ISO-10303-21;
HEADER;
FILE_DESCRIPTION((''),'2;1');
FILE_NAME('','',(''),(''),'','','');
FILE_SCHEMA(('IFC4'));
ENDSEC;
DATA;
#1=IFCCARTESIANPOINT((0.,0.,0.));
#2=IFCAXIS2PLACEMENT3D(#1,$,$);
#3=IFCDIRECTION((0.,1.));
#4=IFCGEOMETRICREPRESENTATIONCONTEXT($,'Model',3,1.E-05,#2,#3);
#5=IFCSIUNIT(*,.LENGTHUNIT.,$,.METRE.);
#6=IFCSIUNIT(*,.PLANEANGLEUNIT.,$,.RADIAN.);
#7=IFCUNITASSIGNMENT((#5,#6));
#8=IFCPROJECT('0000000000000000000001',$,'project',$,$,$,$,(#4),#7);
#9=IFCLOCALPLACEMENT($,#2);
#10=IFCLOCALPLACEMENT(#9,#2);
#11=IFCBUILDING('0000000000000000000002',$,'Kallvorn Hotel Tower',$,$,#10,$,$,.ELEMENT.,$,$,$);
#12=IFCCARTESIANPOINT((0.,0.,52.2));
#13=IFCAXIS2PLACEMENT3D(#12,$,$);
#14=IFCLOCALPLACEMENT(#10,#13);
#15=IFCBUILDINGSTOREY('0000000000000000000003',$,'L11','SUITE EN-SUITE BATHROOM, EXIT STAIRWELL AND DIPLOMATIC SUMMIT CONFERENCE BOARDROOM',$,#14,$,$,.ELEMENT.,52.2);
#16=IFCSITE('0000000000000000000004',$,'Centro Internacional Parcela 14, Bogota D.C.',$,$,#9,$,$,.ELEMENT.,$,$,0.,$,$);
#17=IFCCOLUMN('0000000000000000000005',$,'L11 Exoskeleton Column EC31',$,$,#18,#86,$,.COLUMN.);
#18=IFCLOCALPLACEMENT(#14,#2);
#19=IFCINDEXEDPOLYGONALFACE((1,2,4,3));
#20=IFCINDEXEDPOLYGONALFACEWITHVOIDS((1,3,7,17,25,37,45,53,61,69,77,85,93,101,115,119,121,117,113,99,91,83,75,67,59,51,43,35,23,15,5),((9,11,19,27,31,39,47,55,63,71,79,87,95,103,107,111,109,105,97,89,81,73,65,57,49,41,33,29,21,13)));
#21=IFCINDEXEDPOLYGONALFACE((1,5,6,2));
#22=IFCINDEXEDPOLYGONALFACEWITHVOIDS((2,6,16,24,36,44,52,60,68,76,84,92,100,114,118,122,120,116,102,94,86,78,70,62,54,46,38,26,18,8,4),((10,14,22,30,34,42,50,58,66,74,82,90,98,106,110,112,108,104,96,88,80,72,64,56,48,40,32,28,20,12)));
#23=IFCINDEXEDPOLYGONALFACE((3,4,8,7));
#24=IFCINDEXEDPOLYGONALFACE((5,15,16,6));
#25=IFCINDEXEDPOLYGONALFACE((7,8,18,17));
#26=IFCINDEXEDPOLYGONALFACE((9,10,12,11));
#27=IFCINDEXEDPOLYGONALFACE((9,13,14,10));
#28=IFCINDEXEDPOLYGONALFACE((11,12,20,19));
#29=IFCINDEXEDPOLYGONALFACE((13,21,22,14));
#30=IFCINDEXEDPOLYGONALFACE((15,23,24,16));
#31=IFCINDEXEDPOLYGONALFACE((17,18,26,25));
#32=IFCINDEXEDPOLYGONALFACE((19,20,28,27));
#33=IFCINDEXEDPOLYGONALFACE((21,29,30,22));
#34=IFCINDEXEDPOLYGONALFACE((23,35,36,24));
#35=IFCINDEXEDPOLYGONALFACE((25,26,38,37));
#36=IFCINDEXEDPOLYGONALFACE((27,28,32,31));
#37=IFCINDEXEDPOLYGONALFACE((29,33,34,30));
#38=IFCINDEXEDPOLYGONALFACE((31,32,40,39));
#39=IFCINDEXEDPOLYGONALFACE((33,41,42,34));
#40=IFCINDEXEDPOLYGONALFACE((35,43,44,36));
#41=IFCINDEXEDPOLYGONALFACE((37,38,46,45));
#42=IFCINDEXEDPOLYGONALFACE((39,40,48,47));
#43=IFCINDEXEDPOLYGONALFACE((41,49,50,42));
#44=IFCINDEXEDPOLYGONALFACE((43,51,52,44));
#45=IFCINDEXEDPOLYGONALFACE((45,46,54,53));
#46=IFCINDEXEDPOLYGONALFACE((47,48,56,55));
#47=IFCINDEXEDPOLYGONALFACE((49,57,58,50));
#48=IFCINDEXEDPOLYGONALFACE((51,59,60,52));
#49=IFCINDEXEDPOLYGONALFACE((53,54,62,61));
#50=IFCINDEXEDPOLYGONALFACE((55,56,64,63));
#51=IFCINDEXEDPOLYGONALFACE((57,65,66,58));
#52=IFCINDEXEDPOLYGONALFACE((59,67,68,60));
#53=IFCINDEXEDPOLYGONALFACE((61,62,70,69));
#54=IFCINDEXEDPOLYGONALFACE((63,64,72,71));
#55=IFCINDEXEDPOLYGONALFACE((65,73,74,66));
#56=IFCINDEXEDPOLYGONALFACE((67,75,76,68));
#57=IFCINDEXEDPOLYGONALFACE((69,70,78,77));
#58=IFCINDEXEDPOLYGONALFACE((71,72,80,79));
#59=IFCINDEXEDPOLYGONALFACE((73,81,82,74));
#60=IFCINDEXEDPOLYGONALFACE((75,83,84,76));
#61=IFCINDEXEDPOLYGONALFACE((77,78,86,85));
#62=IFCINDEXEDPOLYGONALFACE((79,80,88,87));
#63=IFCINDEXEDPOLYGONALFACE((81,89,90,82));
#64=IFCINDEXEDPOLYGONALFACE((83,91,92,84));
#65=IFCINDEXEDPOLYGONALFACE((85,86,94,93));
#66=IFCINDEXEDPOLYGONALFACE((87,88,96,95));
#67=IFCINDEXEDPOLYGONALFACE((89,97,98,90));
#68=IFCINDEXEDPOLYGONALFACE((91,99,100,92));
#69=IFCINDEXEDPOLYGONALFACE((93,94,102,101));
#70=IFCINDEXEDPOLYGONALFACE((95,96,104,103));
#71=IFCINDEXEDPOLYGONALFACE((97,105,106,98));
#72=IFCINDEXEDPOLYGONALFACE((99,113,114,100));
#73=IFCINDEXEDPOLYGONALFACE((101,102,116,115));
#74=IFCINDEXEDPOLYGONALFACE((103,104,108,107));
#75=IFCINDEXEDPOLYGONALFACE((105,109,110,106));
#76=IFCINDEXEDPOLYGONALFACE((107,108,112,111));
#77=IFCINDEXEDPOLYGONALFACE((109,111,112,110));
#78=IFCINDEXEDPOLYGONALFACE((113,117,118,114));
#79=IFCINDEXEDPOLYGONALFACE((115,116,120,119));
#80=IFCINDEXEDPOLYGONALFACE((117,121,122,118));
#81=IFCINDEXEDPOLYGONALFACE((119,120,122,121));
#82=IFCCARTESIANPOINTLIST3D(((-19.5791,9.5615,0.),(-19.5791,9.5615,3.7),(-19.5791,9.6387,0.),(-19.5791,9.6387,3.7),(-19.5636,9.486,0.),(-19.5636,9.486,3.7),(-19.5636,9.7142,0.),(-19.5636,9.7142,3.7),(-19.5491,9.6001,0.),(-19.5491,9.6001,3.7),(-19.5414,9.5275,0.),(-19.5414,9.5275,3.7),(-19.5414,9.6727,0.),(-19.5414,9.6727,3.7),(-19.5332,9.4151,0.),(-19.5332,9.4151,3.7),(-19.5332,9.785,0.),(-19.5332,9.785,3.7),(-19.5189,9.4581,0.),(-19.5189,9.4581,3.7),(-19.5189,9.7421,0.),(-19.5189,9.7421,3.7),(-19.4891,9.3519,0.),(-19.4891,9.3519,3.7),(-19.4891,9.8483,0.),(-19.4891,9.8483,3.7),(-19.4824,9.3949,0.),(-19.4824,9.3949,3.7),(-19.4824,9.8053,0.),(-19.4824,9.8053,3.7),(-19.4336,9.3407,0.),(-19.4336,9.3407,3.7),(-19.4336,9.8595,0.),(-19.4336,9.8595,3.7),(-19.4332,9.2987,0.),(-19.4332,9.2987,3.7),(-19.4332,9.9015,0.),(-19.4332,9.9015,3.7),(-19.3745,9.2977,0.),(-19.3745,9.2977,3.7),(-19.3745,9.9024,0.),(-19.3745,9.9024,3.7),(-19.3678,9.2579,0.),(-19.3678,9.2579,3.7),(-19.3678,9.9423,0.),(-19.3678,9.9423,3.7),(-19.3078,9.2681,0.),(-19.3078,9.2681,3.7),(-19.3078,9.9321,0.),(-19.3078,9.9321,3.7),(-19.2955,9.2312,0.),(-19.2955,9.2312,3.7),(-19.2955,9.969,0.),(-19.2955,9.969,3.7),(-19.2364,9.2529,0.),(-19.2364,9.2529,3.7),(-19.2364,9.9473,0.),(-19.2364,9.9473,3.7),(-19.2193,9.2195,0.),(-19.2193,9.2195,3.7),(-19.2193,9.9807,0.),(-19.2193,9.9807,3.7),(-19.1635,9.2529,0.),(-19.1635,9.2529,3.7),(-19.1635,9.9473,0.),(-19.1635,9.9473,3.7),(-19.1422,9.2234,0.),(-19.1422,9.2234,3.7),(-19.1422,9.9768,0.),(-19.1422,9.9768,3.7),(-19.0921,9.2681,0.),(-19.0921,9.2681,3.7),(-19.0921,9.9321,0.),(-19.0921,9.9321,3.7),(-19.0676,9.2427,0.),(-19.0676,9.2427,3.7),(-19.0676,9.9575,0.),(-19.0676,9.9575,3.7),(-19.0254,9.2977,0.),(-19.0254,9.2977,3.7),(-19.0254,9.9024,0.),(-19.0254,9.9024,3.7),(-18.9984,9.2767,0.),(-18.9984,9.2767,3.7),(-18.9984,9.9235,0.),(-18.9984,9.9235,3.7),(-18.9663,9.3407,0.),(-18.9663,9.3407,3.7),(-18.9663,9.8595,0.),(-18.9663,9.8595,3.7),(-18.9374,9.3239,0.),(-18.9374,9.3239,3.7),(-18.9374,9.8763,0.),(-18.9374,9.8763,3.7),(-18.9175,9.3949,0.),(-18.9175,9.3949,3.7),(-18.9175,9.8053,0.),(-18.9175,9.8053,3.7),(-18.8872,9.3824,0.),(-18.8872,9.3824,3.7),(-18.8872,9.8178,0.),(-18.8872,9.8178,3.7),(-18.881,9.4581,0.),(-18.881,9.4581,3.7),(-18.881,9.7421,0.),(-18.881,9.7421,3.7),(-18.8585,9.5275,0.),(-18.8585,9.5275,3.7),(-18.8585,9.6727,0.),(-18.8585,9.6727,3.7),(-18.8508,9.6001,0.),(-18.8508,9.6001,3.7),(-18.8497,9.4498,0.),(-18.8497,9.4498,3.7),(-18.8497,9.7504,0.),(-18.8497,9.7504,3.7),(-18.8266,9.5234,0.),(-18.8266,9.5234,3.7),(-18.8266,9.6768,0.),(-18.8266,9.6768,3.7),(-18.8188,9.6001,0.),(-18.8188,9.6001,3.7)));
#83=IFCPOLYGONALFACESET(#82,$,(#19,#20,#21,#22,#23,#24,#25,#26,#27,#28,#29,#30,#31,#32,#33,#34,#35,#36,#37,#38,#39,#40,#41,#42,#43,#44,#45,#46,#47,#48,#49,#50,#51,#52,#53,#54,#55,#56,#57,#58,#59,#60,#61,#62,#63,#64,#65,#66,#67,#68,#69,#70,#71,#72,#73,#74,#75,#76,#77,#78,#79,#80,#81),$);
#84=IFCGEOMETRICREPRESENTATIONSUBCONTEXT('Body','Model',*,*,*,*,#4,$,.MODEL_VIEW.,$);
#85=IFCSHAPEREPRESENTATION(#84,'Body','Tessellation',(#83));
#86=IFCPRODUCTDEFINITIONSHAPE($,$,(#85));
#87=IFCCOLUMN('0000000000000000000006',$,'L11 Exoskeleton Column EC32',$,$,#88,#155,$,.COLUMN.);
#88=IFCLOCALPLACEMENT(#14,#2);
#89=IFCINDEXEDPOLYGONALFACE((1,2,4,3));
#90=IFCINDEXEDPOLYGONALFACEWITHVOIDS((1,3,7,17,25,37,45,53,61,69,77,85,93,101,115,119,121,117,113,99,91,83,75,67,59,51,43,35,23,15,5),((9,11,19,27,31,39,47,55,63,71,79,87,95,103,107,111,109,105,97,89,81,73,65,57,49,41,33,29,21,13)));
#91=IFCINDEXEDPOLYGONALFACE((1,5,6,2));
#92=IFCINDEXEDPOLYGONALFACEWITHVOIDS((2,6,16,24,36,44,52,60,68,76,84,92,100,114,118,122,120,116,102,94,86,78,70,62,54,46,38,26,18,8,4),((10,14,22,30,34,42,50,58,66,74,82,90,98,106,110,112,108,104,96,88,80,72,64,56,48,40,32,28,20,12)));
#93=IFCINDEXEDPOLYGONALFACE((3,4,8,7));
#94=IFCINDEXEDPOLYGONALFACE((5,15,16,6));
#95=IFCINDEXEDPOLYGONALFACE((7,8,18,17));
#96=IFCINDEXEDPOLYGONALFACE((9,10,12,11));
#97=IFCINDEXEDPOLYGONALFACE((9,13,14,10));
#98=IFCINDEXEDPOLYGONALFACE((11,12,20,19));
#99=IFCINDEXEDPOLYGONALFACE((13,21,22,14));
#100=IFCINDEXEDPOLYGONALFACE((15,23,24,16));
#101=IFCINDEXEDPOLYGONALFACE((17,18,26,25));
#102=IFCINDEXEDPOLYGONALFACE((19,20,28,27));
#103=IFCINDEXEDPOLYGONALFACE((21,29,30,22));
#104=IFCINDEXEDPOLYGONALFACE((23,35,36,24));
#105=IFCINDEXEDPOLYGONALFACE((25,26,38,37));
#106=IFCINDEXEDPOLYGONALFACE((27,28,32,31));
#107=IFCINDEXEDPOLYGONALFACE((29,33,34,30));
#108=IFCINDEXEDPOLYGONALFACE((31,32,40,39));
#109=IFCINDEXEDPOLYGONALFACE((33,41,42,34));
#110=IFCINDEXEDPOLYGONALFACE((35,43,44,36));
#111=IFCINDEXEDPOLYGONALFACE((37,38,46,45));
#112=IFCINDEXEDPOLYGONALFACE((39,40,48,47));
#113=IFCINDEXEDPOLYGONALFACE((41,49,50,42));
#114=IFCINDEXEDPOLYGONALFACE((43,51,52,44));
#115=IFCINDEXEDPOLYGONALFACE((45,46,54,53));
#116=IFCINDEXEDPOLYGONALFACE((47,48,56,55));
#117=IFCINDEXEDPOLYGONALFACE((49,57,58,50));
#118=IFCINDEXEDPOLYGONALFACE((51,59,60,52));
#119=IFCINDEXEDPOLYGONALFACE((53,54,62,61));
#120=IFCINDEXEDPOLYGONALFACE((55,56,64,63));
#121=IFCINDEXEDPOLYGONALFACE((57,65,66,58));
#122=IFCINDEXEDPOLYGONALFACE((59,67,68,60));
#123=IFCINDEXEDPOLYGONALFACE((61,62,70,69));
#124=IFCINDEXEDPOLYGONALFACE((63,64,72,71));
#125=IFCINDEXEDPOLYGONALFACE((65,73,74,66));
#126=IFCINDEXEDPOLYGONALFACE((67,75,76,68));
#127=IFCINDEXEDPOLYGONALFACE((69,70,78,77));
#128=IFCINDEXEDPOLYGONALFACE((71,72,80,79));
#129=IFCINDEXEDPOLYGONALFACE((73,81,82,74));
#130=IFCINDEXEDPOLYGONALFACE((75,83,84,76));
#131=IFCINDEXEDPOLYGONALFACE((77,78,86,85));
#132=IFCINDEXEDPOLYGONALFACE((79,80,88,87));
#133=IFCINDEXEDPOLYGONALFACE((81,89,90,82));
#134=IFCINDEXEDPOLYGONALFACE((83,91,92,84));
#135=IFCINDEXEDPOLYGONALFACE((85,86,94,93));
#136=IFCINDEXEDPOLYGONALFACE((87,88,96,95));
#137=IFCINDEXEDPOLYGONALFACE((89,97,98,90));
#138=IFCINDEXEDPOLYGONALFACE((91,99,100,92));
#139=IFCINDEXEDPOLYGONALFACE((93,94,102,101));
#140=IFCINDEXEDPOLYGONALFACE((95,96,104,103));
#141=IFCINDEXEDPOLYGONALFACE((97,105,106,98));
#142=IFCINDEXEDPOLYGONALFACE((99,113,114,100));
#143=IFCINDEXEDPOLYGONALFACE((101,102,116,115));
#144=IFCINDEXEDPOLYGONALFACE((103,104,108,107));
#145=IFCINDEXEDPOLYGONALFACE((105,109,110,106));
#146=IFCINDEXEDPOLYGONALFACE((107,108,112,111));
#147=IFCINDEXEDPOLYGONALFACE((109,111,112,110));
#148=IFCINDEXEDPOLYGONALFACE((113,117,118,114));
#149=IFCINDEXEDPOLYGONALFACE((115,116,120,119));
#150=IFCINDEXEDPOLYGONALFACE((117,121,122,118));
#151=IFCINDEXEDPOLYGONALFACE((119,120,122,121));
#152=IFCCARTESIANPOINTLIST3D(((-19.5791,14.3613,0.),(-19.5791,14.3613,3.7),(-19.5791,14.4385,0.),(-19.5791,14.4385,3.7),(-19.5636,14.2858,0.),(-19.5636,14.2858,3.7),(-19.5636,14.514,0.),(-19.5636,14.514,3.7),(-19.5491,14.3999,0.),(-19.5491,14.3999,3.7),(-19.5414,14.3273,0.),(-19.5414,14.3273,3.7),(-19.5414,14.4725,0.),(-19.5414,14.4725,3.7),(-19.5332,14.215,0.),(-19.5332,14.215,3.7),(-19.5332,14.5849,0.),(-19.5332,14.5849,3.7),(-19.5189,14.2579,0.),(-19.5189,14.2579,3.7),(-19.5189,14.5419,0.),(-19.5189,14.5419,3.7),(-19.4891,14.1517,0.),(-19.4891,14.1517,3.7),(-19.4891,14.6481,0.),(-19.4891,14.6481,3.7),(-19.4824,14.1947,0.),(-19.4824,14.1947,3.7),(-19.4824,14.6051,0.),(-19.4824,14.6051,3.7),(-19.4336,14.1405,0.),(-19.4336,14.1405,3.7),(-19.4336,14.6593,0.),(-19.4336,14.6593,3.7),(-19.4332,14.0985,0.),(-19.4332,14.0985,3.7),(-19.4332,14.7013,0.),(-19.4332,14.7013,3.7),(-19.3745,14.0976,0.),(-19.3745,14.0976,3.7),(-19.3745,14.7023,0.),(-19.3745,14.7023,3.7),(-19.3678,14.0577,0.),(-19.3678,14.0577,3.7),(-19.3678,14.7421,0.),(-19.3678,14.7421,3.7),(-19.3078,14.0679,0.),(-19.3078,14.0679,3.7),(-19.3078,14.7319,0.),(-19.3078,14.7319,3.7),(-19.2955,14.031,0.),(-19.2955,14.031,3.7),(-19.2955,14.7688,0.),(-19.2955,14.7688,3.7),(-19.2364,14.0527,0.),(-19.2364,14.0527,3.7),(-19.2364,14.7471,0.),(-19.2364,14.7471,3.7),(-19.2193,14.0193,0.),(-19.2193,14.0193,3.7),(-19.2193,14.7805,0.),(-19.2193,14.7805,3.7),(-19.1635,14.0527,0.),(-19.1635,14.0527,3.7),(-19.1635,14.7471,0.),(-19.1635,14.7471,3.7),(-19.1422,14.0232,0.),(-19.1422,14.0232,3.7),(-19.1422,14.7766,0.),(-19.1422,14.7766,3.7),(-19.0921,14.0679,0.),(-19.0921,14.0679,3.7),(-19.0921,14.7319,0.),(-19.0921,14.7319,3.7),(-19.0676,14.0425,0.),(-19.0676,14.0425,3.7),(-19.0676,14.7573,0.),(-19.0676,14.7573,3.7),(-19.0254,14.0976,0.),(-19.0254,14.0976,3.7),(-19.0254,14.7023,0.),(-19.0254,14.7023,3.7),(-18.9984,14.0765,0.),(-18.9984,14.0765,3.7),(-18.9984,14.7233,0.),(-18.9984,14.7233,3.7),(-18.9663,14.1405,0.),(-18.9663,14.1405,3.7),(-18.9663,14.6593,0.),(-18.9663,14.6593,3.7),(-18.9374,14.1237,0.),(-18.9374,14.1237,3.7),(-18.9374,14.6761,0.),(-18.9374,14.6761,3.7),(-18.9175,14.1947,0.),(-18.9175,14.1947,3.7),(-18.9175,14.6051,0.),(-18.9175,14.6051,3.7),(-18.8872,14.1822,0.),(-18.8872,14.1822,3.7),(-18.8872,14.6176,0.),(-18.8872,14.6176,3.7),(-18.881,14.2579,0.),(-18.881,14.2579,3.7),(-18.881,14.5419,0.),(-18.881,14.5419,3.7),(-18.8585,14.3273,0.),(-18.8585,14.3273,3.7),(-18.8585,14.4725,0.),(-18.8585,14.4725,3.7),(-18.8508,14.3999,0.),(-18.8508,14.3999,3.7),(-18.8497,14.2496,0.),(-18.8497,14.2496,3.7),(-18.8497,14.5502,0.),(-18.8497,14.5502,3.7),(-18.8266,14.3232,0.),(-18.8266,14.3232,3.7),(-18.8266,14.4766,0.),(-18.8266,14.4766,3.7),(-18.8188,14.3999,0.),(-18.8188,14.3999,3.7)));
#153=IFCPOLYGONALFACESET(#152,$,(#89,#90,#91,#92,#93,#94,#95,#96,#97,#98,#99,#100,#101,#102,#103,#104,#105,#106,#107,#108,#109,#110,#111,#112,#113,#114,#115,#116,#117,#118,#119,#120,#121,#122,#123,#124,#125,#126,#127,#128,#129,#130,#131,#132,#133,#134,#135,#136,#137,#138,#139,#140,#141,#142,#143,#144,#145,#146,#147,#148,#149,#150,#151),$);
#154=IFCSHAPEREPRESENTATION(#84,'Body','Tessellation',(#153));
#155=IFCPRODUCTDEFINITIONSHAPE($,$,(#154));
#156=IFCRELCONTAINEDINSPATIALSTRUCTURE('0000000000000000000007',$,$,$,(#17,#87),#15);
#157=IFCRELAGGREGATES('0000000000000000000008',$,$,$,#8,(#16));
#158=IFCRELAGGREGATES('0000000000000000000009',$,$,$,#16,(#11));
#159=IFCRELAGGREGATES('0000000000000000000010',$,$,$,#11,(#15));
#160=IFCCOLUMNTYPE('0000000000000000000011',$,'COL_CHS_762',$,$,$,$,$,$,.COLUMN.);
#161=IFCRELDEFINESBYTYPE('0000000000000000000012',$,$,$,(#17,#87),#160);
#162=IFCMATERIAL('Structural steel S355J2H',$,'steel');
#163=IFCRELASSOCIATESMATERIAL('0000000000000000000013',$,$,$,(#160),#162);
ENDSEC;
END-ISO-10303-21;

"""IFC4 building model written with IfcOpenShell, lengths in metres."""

from ifc_helpers import new_model, si_unit, direction, frame, origin, origin_2d, place, context, subcontext, project, spatial, hollow_circle, extrude, material, material_profile, profile_set, type_object, element, save


model = new_model("IFC4")

# Units and contexts
model_context = context("Model", 3, precision=1e-05, world=origin(), true_north=direction((0.0, 1.0)))
body_context = subcontext(model_context, "Body", "Model", "MODEL_VIEW")
ifc_project = project(units=[si_unit("LENGTHUNIT", "METRE"), si_unit("PLANEANGLEUNIT", "RADIAN")], contexts=[model_context])

# Site, building, storey
site_placement = place(None, origin())
site = spatial("IfcSite", under=ifc_project, at=site_placement, Name="Centro Internacional Parcela 14, Bogota D.C.", CompositionType="ELEMENT", RefElevation=0.0)
building_placement = place(site_placement, origin())
building = spatial("IfcBuilding", under=site, at=building_placement, Name="Kallvorn Hotel Tower", CompositionType="ELEMENT")
storey_placement = place(building_placement, frame((0.0, 0.0, 52.2)))
storey = spatial("IfcBuildingStorey", under=building, at=storey_placement, Name="L11", Description="SUITE EN-SUITE BATHROOM, EXIT STAIRWELL AND DIPLOMATIC SUMMIT CONFERENCE BOARDROOM", CompositionType="ELEMENT", Elevation=52.2)

# Columns
ifc_material_1 = material(Name="Structural steel S355J2H", Category="steel")
ifc_material_profile_1 = material_profile(ifc_material_1, hollow_circle(Radius=0.3811, WallThickness=0.032, at=origin_2d()), Name="CHS 762x32")
ifc_profile_set_1 = profile_set([ifc_material_profile_1], Name="Structural steel S355J2H")
column_type_1 = type_object("IfcColumnType", Name="COL_CHS_762", PredefinedType="COLUMN", material=ifc_profile_set_1)
for number, where, z_axis, x_axis, name in (
    (1, (-19.2, 9.6001, 0.0), (0.0, 0.0, 1.0), (1.0, 0.0, 0.0), "L11 Exoskeleton Column EC31"),
    (2, (-19.2, 14.3999, 0.0), (0.0, 0.0, 1.0), (1.0, 0.0, 0.0), "L11 Exoskeleton Column EC32"),
):
    element("IfcColumn", number, at=place(storey_placement, frame(where, z_axis=z_axis, x_axis=x_axis)), inside=storey, type_object=column_type_1, Name=name, PredefinedType="COLUMN", context=body_context, shape_type="SweptSolid", body=[
        extrude(hollow_circle(Radius=0.3811, WallThickness=0.032, at=origin_2d()), origin(), (0.0, 0.0, 1.0), 3.7),
    ])

save(model, "model.ifc")
